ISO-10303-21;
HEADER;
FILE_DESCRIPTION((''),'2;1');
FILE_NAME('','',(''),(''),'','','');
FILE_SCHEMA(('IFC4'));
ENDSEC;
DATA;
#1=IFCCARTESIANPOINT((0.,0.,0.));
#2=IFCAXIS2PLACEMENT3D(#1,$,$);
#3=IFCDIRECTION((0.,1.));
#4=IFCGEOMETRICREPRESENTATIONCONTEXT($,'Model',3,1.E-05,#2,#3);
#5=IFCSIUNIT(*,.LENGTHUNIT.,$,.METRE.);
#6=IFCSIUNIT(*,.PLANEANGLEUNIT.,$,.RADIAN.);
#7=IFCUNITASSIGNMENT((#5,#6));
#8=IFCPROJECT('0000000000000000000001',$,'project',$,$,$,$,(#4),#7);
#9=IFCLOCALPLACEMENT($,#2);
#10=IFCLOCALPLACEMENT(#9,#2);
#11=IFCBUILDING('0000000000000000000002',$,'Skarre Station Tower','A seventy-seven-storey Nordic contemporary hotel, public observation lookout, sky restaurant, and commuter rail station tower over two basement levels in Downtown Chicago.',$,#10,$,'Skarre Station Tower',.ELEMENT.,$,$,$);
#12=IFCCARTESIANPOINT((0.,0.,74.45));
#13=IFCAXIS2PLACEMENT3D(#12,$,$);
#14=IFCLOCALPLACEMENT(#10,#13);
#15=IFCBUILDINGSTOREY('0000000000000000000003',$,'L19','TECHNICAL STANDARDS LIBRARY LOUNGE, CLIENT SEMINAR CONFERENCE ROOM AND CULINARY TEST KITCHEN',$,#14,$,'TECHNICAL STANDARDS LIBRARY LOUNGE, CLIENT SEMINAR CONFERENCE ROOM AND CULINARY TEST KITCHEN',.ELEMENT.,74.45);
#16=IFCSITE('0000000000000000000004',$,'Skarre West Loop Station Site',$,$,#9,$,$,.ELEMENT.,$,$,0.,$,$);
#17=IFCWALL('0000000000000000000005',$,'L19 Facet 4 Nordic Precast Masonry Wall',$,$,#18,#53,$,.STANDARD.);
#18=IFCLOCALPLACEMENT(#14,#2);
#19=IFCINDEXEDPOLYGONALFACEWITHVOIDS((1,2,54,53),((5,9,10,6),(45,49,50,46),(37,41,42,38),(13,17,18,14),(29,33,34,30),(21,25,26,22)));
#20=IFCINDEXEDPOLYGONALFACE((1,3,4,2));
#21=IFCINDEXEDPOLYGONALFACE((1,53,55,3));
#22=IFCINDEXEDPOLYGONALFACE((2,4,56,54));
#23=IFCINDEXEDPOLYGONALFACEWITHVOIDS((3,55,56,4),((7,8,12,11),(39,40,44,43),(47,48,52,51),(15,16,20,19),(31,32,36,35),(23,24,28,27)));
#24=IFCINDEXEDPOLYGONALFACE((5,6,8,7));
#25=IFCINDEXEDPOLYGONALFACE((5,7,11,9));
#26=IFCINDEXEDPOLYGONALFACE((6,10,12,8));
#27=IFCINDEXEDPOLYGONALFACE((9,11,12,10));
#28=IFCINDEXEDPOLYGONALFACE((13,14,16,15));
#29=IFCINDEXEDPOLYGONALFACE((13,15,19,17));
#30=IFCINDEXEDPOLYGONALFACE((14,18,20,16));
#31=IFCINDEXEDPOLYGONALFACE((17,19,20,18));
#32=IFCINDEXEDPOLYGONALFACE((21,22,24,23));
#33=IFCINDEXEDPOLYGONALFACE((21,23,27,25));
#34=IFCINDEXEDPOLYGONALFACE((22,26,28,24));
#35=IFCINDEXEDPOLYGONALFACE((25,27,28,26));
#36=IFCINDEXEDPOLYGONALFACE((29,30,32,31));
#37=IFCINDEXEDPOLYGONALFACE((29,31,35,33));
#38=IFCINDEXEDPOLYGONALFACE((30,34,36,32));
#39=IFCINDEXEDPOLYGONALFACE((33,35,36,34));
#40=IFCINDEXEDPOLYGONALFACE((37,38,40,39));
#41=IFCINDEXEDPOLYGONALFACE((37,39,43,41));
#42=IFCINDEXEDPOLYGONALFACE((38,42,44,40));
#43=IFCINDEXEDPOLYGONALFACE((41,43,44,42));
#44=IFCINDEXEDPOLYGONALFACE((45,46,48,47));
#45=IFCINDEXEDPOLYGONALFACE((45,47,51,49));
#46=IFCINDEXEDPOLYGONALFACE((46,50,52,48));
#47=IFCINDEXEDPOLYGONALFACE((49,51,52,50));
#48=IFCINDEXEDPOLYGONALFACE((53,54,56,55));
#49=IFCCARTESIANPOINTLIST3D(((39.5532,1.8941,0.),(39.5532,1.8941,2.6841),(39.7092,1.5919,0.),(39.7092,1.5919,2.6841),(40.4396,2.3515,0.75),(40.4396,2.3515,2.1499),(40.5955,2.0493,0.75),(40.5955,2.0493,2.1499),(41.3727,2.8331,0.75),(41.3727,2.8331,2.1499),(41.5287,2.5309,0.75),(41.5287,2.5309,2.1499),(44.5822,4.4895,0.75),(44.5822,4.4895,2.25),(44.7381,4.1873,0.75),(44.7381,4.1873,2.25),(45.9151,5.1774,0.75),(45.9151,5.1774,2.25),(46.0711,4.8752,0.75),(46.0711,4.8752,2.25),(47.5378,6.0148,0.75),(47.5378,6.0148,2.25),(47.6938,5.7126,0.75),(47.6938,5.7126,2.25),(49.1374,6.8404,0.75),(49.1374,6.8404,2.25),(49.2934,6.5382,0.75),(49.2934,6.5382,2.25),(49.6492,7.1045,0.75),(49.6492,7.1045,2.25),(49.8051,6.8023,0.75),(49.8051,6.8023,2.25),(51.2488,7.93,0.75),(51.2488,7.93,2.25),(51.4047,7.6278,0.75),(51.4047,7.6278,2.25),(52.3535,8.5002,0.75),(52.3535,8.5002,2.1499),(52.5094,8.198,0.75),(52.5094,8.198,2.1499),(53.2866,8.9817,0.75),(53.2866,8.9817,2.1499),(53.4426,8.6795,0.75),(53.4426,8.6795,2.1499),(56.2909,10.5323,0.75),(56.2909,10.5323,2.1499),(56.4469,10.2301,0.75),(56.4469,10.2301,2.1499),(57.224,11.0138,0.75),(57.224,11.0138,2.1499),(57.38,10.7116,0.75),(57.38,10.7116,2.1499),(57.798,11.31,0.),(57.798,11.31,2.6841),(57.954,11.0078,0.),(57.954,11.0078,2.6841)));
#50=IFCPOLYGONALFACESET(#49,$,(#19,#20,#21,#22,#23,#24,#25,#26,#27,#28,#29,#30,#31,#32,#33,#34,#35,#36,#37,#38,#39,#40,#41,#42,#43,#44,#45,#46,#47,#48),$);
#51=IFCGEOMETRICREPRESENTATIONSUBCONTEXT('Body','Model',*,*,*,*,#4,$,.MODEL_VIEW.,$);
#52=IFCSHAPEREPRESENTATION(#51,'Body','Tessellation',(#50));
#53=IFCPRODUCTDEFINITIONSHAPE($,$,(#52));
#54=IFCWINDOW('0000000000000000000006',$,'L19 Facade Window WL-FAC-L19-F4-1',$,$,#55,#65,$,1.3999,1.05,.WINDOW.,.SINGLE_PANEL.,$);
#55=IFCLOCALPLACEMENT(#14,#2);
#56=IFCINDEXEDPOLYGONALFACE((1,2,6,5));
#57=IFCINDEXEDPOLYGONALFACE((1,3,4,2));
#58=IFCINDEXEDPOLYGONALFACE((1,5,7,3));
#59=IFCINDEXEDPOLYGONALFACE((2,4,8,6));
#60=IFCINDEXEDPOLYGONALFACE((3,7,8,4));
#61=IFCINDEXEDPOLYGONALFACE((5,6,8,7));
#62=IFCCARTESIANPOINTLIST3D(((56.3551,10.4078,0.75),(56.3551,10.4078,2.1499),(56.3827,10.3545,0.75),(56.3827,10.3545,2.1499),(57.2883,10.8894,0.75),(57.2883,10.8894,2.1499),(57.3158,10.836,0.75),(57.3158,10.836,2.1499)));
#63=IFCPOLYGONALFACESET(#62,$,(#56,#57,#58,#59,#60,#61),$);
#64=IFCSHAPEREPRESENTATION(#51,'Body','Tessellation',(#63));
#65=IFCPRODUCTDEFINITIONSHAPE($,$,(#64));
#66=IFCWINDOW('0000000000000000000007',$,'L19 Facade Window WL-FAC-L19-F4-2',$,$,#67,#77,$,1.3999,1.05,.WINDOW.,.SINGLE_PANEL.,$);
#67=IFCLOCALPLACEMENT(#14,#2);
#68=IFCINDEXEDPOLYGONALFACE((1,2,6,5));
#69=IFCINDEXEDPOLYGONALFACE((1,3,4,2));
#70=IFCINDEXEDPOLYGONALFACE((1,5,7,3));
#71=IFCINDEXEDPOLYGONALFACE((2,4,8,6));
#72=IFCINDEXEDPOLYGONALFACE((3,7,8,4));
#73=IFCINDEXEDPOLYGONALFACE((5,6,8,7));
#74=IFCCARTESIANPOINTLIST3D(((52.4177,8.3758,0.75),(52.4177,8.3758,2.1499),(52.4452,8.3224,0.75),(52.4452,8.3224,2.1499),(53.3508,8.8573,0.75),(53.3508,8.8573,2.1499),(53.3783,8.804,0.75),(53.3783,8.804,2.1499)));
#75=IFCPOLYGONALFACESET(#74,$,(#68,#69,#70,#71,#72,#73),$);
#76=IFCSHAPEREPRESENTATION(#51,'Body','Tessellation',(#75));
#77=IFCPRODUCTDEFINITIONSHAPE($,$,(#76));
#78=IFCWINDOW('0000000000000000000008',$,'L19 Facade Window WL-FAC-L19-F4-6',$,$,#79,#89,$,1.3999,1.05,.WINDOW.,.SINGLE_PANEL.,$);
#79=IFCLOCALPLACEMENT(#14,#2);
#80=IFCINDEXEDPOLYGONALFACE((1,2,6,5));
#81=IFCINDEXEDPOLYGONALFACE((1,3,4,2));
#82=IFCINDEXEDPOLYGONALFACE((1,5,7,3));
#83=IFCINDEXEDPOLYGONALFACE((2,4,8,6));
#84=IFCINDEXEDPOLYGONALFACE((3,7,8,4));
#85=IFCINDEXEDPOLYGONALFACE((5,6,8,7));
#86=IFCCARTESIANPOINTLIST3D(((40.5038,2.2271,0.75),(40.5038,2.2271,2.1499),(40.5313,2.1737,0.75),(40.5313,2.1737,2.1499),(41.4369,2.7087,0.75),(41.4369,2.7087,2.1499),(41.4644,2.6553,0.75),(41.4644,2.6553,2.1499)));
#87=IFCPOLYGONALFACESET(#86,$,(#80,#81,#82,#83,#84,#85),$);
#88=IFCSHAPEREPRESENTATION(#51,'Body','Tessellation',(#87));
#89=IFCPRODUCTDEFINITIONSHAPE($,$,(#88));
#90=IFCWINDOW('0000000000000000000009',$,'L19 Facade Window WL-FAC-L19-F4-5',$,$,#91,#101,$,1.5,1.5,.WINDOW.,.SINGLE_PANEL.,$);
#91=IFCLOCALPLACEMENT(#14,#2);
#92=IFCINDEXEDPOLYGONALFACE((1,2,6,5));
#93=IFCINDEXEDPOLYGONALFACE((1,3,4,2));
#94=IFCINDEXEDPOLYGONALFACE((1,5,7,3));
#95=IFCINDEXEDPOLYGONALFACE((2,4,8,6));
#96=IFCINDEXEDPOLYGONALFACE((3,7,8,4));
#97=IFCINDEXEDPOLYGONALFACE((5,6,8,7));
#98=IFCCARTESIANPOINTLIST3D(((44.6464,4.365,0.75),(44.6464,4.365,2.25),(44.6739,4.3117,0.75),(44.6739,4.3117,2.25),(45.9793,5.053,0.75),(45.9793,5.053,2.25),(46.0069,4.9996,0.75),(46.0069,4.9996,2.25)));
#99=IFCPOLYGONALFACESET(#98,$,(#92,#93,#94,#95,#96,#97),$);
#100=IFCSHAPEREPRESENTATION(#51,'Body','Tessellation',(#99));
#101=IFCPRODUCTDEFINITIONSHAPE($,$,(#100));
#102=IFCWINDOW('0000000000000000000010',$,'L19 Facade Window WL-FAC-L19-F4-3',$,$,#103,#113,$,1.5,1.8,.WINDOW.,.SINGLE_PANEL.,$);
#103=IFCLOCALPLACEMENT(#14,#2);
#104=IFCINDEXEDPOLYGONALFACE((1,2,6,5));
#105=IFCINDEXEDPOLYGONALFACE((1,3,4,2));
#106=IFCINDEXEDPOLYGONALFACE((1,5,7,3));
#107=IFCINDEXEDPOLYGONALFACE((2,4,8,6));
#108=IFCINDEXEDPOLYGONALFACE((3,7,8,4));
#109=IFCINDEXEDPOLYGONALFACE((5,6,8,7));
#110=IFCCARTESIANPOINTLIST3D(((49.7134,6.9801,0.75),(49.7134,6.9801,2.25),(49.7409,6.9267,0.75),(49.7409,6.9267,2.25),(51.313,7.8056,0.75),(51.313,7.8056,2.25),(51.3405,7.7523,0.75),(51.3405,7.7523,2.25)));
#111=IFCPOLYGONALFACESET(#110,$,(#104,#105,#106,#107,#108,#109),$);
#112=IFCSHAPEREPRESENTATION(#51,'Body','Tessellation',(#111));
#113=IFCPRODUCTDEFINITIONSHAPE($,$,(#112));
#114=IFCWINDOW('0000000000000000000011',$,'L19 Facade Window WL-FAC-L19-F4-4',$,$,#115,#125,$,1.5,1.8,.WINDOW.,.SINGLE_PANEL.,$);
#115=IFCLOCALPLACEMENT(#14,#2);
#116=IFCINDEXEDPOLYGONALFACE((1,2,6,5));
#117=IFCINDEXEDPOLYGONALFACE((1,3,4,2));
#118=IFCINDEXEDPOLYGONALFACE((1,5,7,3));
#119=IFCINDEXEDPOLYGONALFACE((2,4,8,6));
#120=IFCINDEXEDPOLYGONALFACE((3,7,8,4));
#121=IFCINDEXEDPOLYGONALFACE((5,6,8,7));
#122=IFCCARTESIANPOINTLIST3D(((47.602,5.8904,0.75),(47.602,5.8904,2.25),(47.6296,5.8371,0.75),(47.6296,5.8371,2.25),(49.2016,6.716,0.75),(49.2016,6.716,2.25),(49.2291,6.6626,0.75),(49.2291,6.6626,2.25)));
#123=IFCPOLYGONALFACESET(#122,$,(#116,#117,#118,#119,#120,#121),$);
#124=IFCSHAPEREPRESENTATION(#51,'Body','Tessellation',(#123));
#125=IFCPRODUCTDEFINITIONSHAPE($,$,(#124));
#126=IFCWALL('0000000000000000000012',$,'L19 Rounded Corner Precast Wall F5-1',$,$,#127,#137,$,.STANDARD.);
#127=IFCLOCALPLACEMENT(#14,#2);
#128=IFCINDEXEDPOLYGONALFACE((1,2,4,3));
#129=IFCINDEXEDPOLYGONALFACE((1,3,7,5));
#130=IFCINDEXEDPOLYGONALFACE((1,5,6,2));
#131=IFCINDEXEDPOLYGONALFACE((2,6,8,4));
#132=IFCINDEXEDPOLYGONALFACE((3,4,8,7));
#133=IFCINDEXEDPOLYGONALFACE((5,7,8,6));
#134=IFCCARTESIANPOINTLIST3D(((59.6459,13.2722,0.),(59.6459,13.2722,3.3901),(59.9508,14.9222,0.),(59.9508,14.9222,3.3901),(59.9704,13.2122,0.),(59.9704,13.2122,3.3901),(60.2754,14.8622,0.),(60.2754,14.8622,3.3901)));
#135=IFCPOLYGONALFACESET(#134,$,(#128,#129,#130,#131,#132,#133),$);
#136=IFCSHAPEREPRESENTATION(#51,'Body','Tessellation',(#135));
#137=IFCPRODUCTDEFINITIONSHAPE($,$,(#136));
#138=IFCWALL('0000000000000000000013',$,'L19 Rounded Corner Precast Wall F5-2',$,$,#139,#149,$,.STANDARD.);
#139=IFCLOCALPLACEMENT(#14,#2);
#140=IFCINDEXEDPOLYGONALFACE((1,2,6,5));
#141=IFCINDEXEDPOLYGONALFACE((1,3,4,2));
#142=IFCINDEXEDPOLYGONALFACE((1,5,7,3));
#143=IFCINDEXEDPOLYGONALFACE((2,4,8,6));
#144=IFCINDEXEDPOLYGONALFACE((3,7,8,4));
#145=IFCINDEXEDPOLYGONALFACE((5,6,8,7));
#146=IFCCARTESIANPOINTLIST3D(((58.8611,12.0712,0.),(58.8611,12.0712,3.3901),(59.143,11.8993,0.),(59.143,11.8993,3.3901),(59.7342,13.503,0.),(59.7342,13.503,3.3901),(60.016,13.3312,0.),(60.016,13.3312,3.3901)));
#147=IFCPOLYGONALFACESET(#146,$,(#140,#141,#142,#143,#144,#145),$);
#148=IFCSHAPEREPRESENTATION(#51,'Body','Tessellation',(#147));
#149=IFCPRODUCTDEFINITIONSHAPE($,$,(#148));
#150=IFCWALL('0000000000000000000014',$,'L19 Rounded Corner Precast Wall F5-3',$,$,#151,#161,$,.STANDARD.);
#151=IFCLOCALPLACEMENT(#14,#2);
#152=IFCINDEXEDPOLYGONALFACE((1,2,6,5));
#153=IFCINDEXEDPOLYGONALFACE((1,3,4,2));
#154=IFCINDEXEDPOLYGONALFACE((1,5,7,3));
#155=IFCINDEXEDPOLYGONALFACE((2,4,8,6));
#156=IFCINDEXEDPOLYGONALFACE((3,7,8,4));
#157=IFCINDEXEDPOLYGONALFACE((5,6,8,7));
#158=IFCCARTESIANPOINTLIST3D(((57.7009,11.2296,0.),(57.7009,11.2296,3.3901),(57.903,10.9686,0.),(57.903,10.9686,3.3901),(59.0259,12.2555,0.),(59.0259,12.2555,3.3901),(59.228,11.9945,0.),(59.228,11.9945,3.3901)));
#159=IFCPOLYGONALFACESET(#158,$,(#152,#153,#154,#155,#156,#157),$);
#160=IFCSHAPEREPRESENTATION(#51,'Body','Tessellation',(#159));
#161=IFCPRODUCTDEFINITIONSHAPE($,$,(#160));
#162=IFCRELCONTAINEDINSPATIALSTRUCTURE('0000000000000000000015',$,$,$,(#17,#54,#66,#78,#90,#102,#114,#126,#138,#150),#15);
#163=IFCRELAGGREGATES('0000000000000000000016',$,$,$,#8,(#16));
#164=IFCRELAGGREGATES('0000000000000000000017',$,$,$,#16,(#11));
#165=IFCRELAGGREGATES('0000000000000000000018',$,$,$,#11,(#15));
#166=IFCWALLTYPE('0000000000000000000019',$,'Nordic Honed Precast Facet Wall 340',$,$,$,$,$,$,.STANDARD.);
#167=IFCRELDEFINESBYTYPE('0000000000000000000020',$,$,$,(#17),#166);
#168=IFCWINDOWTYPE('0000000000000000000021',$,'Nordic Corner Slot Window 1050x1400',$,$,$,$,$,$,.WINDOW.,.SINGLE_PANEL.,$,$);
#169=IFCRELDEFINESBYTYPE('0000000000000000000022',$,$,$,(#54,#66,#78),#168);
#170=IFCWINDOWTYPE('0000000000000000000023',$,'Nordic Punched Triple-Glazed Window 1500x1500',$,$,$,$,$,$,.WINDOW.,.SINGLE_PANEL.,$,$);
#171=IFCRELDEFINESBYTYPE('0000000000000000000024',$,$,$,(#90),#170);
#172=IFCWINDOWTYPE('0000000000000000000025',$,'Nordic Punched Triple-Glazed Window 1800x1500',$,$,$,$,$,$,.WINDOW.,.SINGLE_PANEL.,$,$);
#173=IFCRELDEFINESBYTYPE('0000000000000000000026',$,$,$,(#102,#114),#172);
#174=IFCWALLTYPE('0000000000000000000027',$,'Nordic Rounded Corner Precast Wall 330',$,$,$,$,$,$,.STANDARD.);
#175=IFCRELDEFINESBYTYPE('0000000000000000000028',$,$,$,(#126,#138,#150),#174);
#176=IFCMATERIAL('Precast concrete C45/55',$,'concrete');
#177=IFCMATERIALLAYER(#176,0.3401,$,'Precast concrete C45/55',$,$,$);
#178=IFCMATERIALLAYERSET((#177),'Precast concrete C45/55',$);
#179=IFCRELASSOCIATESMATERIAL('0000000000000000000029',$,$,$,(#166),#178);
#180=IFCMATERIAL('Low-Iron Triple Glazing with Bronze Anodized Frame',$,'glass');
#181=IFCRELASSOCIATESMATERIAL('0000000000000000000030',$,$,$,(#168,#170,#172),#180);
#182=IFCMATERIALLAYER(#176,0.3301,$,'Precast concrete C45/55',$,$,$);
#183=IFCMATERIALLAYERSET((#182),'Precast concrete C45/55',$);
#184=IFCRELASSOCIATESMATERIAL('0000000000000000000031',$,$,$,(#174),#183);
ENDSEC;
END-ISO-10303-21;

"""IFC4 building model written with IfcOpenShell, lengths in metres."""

from ifc_helpers import new_model, si_unit, direction, frame, frame_2d, origin, place, context, subcontext, project, spatial, rectangle, extrude, material, layer, layer_set, type_object, element, fill, save


model = new_model("IFC4")

# Units and contexts
model_context = context("Model", 3, precision=1e-05, world=origin(), true_north=direction((0.0, 1.0)))
body_context = subcontext(model_context, "Body", "Model", "MODEL_VIEW")
ifc_project = project(units=[si_unit("LENGTHUNIT", "METRE"), si_unit("PLANEANGLEUNIT", "RADIAN")], contexts=[model_context])

# Site, building, storey
site_placement = place(None, origin())
site = spatial("IfcSite", under=ifc_project, at=site_placement, Name="Skarre West Loop Station Site", CompositionType="ELEMENT", RefElevation=0.0)
building_placement = place(site_placement, origin())
building = spatial("IfcBuilding", under=site, at=building_placement, Name="Skarre Station Tower", Description="A seventy-seven-storey Nordic contemporary hotel, public observation lookout, sky restaurant, and commuter rail station tower over two basement levels in Downtown Chicago.", LongName="Skarre Station Tower", CompositionType="ELEMENT")
storey_placement = place(building_placement, frame((0.0, 0.0, 74.45)))
storey = spatial("IfcBuildingStorey", under=building, at=storey_placement, Name="L19", Description="TECHNICAL STANDARDS LIBRARY LOUNGE, CLIENT SEMINAR CONFERENCE ROOM AND CULINARY TEST KITCHEN", LongName="TECHNICAL STANDARDS LIBRARY LOUNGE, CLIENT SEMINAR CONFERENCE ROOM AND CULINARY TEST KITCHEN", CompositionType="ELEMENT", Elevation=74.45)

# Wall, openings, windows
ifc_material_1 = material(Name="Precast concrete C45/55", Category="concrete")
ifc_layer_1 = layer(ifc_material_1, 0.3401, Name="Precast concrete C45/55")
ifc_layer_set_1 = layer_set([ifc_layer_1], Name="Precast concrete C45/55")
wall_type_1 = type_object("IfcWallType", Name="Nordic Honed Precast Facet Wall 340", PredefinedType="STANDARD", material=ifc_layer_set_1)
wall_1_placement = place(storey_placement, frame((57.876, 11.1589, 0.0), z_axis=(0.0, 0.0, 1.0), x_axis=(-0.888634, -0.458616, 0.0)))
wall_1 = element("IfcWall", 1, at=wall_1_placement, inside=storey, type_object=wall_type_1, Name="L19 Facet 4 Nordic Precast Masonry Wall", PredefinedType="STANDARD", context=body_context, shape_type="SweptSolid", body=[
    extrude(rectangle(XDim=20.5312, YDim=0.3401, at=frame_2d((10.2656, 0.0))), origin(), (0.0, 0.0, 1.0), 2.6841),
])
opening_1_placement = place(wall_1_placement, frame((0.646, 0.0, 0.75)))
opening_1 = element("IfcOpeningElement", 2, at=opening_1_placement, cuts=wall_1, PredefinedType="OPENING", context=body_context, shape_type="SweptSolid", body=[
    extrude(rectangle(XDim=1.05, YDim=1.3999, at=frame_2d((0.5249, 0.7))), frame((0.0, 0.1799, 0.0), z_axis=(0.0, -1.0, 0.0), x_axis=(1.0, 0.0, 0.0)), (0.0, 0.0, 1.0), 0.3601),
])
opening_2_placement = place(wall_1_placement, frame((5.0769, 0.0, 0.75)))
opening_2 = element("IfcOpeningElement", 3, at=opening_2_placement, cuts=wall_1, PredefinedType="OPENING", context=body_context, shape_type="SweptSolid", body=[
    extrude(rectangle(XDim=1.05, YDim=1.3999, at=frame_2d((0.5249, 0.7))), frame((0.0, 0.1799, 0.0), z_axis=(0.0, -1.0, 0.0), x_axis=(1.0, 0.0, 0.0)), (0.0, 0.0, 1.0), 0.3601),
])
opening_3_placement = place(wall_1_placement, frame((7.3701, 0.0, 0.75)))
opening_3 = element("IfcOpeningElement", 4, at=opening_3_placement, cuts=wall_1, PredefinedType="OPENING", context=body_context, shape_type="SweptSolid", body=[
    extrude(rectangle(XDim=1.8, YDim=1.5, at=frame_2d((0.8999, 0.75))), frame((0.0, 0.1799, 0.0), z_axis=(0.0, -1.0, 0.0), x_axis=(1.0, 0.0, 0.0)), (0.0, 0.0, 1.0), 0.3601),
])
opening_4_placement = place(wall_1_placement, frame((9.7461, 0.0, 0.75)))
opening_4 = element("IfcOpeningElement", 5, at=opening_4_placement, cuts=wall_1, PredefinedType="OPENING", context=body_context, shape_type="SweptSolid", body=[
    extrude(rectangle(XDim=1.8, YDim=1.5, at=frame_2d((0.8999, 0.75))), frame((0.0, 0.1799, 0.0), z_axis=(0.0, -1.0, 0.0), x_axis=(1.0, 0.0, 0.0)), (0.0, 0.0, 1.0), 0.3601),
])
opening_5_placement = place(wall_1_placement, frame((13.3721, 0.0, 0.75)))
opening_5 = element("IfcOpeningElement", 6, at=opening_5_placement, cuts=wall_1, PredefinedType="OPENING", context=body_context, shape_type="SweptSolid", body=[
    extrude(rectangle(XDim=1.5, YDim=1.5, at=frame_2d((0.75, 0.75))), frame((0.0, 0.1799, 0.0), z_axis=(0.0, -1.0, 0.0), x_axis=(1.0, 0.0, 0.0)), (0.0, 0.0, 1.0), 0.3601),
])
opening_6_placement = place(wall_1_placement, frame((18.4839, 0.0, 0.75)))
opening_6 = element("IfcOpeningElement", 7, at=opening_6_placement, cuts=wall_1, PredefinedType="OPENING", context=body_context, shape_type="SweptSolid", body=[
    extrude(rectangle(XDim=1.05, YDim=1.3999, at=frame_2d((0.5249, 0.7))), frame((0.0, 0.1799, 0.0), z_axis=(0.0, -1.0, 0.0), x_axis=(1.0, 0.0, 0.0)), (0.0, 0.0, 1.0), 0.3601),
])
ifc_material_2 = material(Name="Low-Iron Triple Glazing with Bronze Anodized Frame", Category="glass")
window_type_1 = type_object("IfcWindowType", Name="Nordic Corner Slot Window 1050x1400", PartitioningType="SINGLE_PANEL", PredefinedType="WINDOW", material=ifc_material_2)
window_1_placement = place(opening_1_placement, origin())
window_1 = element("IfcWindow", 8, at=window_1_placement, inside=storey, type_object=window_type_1, Name="L19 Facade Window WL-FAC-L19-F4-1", OverallHeight=1.3999, OverallWidth=1.05, PartitioningType="SINGLE_PANEL", PredefinedType="WINDOW", context=body_context, shape_type="SweptSolid", body=[
    extrude(rectangle(XDim=1.05, YDim=1.3999, at=frame_2d((0.5249, 0.7))), frame((0.0, 0.03, 0.0), z_axis=(0.0, -1.0, 0.0), x_axis=(1.0, 0.0, 0.0)), (0.0, 0.0, 1.0), 0.0601),
])
fill(opening_1, window_1)
window_2_placement = place(opening_2_placement, origin())
window_2 = element("IfcWindow", 9, at=window_2_placement, inside=storey, type_object=window_type_1, Name="L19 Facade Window WL-FAC-L19-F4-2", OverallHeight=1.3999, OverallWidth=1.05, PartitioningType="SINGLE_PANEL", PredefinedType="WINDOW", context=body_context, shape_type="SweptSolid", body=[
    extrude(rectangle(XDim=1.05, YDim=1.3999, at=frame_2d((0.5249, 0.7))), frame((0.0, 0.03, 0.0), z_axis=(0.0, -1.0, 0.0), x_axis=(1.0, 0.0, 0.0)), (0.0, 0.0, 1.0), 0.0601),
])
fill(opening_2, window_2)
window_3_placement = place(opening_6_placement, origin())
window_3 = element("IfcWindow", 10, at=window_3_placement, inside=storey, type_object=window_type_1, Name="L19 Facade Window WL-FAC-L19-F4-6", OverallHeight=1.3999, OverallWidth=1.05, PartitioningType="SINGLE_PANEL", PredefinedType="WINDOW", context=body_context, shape_type="SweptSolid", body=[
    extrude(rectangle(XDim=1.05, YDim=1.3999, at=frame_2d((0.5249, 0.7))), frame((0.0, 0.03, 0.0), z_axis=(0.0, -1.0, 0.0), x_axis=(1.0, 0.0, 0.0)), (0.0, 0.0, 1.0), 0.0601),
])
fill(opening_6, window_3)
window_type_2 = type_object("IfcWindowType", Name="Nordic Punched Triple-Glazed Window 1500x1500", PartitioningType="SINGLE_PANEL", PredefinedType="WINDOW", material=ifc_material_2)
window_4_placement = place(opening_5_placement, origin())
window_4 = element("IfcWindow", 11, at=window_4_placement, inside=storey, type_object=window_type_2, Name="L19 Facade Window WL-FAC-L19-F4-5", OverallHeight=1.5, OverallWidth=1.5, PartitioningType="SINGLE_PANEL", PredefinedType="WINDOW", context=body_context, shape_type="SweptSolid", body=[
    extrude(rectangle(XDim=1.5, YDim=1.5, at=frame_2d((0.75, 0.75))), frame((0.0, 0.03, 0.0), z_axis=(0.0, -1.0, 0.0), x_axis=(1.0, 0.0, 0.0)), (0.0, 0.0, 1.0), 0.0601),
])
fill(opening_5, window_4)
window_type_3 = type_object("IfcWindowType", Name="Nordic Punched Triple-Glazed Window 1800x1500", PartitioningType="SINGLE_PANEL", PredefinedType="WINDOW", material=ifc_material_2)
window_5_placement = place(opening_3_placement, origin())
window_5 = element("IfcWindow", 12, at=window_5_placement, inside=storey, type_object=window_type_3, Name="L19 Facade Window WL-FAC-L19-F4-3", OverallHeight=1.5, OverallWidth=1.8, PartitioningType="SINGLE_PANEL", PredefinedType="WINDOW", context=body_context, shape_type="SweptSolid", body=[
    extrude(rectangle(XDim=1.8, YDim=1.5, at=frame_2d((0.8999, 0.75))), frame((0.0, 0.03, 0.0), z_axis=(0.0, -1.0, 0.0), x_axis=(1.0, 0.0, 0.0)), (0.0, 0.0, 1.0), 0.0601),
])
fill(opening_3, window_5)
window_6_placement = place(opening_4_placement, origin())
window_6 = element("IfcWindow", 13, at=window_6_placement, inside=storey, type_object=window_type_3, Name="L19 Facade Window WL-FAC-L19-F4-4", OverallHeight=1.5, OverallWidth=1.8, PartitioningType="SINGLE_PANEL", PredefinedType="WINDOW", context=body_context, shape_type="SweptSolid", body=[
    extrude(rectangle(XDim=1.8, YDim=1.5, at=frame_2d((0.8999, 0.75))), frame((0.0, 0.03, 0.0), z_axis=(0.0, -1.0, 0.0), x_axis=(1.0, 0.0, 0.0)), (0.0, 0.0, 1.0), 0.0601),
])
fill(opening_4, window_6)

# Walls
ifc_layer_2 = layer(ifc_material_1, 0.3301, Name="Precast concrete C45/55")
ifc_layer_set_2 = layer_set([ifc_layer_2], Name="Precast concrete C45/55")
wall_type_2 = type_object("IfcWallType", Name="Nordic Rounded Corner Precast Wall 330", PredefinedType="STANDARD", material=ifc_layer_set_2)
wall_2_placement = place(storey_placement, frame((60.113, 14.8921, 0.0), z_axis=(0.0, 0.0, 1.0), x_axis=(-0.181714, -0.983351, 0.0)))
element("IfcWall", 14, at=wall_2_placement, inside=storey, type_object=wall_type_2, Name="L19 Rounded Corner Precast Wall F5-1", PredefinedType="STANDARD", context=body_context, shape_type="SweptSolid", body=[
    extrude(rectangle(XDim=1.678, YDim=0.3301, at=frame_2d((0.8389, 0.0))), origin(), (0.0, 0.0, 1.0), 3.3901),
])
wall_3_placement = place(storey_placement, frame((59.875, 13.417, 0.0), z_axis=(0.0, 0.0, 1.0), x_axis=(-0.520584, -0.85381, 0.0)))
element("IfcWall", 15, at=wall_3_placement, inside=storey, type_object=wall_type_2, Name="L19 Rounded Corner Precast Wall F5-2", PredefinedType="STANDARD", context=body_context, shape_type="SweptSolid", body=[
    extrude(rectangle(XDim=1.677, YDim=0.3301, at=frame_2d((0.8384, 0.0))), origin(), (0.0, 0.0, 1.0), 3.3901),
])
wall_4_placement = place(storey_placement, frame((59.127, 12.125, 0.0), z_axis=(0.0, 0.0, 1.0), x_axis=(-0.790692, -0.612214, 0.0)))
element("IfcWall", 16, at=wall_4_placement, inside=storey, type_object=wall_type_2, Name="L19 Rounded Corner Precast Wall F5-3", PredefinedType="STANDARD", context=body_context, shape_type="SweptSolid", body=[
    extrude(rectangle(XDim=1.6758, YDim=0.3301, at=frame_2d((0.8379, 0.0))), origin(), (0.0, 0.0, 1.0), 3.3901),
])

save(model, "model.ifc")
